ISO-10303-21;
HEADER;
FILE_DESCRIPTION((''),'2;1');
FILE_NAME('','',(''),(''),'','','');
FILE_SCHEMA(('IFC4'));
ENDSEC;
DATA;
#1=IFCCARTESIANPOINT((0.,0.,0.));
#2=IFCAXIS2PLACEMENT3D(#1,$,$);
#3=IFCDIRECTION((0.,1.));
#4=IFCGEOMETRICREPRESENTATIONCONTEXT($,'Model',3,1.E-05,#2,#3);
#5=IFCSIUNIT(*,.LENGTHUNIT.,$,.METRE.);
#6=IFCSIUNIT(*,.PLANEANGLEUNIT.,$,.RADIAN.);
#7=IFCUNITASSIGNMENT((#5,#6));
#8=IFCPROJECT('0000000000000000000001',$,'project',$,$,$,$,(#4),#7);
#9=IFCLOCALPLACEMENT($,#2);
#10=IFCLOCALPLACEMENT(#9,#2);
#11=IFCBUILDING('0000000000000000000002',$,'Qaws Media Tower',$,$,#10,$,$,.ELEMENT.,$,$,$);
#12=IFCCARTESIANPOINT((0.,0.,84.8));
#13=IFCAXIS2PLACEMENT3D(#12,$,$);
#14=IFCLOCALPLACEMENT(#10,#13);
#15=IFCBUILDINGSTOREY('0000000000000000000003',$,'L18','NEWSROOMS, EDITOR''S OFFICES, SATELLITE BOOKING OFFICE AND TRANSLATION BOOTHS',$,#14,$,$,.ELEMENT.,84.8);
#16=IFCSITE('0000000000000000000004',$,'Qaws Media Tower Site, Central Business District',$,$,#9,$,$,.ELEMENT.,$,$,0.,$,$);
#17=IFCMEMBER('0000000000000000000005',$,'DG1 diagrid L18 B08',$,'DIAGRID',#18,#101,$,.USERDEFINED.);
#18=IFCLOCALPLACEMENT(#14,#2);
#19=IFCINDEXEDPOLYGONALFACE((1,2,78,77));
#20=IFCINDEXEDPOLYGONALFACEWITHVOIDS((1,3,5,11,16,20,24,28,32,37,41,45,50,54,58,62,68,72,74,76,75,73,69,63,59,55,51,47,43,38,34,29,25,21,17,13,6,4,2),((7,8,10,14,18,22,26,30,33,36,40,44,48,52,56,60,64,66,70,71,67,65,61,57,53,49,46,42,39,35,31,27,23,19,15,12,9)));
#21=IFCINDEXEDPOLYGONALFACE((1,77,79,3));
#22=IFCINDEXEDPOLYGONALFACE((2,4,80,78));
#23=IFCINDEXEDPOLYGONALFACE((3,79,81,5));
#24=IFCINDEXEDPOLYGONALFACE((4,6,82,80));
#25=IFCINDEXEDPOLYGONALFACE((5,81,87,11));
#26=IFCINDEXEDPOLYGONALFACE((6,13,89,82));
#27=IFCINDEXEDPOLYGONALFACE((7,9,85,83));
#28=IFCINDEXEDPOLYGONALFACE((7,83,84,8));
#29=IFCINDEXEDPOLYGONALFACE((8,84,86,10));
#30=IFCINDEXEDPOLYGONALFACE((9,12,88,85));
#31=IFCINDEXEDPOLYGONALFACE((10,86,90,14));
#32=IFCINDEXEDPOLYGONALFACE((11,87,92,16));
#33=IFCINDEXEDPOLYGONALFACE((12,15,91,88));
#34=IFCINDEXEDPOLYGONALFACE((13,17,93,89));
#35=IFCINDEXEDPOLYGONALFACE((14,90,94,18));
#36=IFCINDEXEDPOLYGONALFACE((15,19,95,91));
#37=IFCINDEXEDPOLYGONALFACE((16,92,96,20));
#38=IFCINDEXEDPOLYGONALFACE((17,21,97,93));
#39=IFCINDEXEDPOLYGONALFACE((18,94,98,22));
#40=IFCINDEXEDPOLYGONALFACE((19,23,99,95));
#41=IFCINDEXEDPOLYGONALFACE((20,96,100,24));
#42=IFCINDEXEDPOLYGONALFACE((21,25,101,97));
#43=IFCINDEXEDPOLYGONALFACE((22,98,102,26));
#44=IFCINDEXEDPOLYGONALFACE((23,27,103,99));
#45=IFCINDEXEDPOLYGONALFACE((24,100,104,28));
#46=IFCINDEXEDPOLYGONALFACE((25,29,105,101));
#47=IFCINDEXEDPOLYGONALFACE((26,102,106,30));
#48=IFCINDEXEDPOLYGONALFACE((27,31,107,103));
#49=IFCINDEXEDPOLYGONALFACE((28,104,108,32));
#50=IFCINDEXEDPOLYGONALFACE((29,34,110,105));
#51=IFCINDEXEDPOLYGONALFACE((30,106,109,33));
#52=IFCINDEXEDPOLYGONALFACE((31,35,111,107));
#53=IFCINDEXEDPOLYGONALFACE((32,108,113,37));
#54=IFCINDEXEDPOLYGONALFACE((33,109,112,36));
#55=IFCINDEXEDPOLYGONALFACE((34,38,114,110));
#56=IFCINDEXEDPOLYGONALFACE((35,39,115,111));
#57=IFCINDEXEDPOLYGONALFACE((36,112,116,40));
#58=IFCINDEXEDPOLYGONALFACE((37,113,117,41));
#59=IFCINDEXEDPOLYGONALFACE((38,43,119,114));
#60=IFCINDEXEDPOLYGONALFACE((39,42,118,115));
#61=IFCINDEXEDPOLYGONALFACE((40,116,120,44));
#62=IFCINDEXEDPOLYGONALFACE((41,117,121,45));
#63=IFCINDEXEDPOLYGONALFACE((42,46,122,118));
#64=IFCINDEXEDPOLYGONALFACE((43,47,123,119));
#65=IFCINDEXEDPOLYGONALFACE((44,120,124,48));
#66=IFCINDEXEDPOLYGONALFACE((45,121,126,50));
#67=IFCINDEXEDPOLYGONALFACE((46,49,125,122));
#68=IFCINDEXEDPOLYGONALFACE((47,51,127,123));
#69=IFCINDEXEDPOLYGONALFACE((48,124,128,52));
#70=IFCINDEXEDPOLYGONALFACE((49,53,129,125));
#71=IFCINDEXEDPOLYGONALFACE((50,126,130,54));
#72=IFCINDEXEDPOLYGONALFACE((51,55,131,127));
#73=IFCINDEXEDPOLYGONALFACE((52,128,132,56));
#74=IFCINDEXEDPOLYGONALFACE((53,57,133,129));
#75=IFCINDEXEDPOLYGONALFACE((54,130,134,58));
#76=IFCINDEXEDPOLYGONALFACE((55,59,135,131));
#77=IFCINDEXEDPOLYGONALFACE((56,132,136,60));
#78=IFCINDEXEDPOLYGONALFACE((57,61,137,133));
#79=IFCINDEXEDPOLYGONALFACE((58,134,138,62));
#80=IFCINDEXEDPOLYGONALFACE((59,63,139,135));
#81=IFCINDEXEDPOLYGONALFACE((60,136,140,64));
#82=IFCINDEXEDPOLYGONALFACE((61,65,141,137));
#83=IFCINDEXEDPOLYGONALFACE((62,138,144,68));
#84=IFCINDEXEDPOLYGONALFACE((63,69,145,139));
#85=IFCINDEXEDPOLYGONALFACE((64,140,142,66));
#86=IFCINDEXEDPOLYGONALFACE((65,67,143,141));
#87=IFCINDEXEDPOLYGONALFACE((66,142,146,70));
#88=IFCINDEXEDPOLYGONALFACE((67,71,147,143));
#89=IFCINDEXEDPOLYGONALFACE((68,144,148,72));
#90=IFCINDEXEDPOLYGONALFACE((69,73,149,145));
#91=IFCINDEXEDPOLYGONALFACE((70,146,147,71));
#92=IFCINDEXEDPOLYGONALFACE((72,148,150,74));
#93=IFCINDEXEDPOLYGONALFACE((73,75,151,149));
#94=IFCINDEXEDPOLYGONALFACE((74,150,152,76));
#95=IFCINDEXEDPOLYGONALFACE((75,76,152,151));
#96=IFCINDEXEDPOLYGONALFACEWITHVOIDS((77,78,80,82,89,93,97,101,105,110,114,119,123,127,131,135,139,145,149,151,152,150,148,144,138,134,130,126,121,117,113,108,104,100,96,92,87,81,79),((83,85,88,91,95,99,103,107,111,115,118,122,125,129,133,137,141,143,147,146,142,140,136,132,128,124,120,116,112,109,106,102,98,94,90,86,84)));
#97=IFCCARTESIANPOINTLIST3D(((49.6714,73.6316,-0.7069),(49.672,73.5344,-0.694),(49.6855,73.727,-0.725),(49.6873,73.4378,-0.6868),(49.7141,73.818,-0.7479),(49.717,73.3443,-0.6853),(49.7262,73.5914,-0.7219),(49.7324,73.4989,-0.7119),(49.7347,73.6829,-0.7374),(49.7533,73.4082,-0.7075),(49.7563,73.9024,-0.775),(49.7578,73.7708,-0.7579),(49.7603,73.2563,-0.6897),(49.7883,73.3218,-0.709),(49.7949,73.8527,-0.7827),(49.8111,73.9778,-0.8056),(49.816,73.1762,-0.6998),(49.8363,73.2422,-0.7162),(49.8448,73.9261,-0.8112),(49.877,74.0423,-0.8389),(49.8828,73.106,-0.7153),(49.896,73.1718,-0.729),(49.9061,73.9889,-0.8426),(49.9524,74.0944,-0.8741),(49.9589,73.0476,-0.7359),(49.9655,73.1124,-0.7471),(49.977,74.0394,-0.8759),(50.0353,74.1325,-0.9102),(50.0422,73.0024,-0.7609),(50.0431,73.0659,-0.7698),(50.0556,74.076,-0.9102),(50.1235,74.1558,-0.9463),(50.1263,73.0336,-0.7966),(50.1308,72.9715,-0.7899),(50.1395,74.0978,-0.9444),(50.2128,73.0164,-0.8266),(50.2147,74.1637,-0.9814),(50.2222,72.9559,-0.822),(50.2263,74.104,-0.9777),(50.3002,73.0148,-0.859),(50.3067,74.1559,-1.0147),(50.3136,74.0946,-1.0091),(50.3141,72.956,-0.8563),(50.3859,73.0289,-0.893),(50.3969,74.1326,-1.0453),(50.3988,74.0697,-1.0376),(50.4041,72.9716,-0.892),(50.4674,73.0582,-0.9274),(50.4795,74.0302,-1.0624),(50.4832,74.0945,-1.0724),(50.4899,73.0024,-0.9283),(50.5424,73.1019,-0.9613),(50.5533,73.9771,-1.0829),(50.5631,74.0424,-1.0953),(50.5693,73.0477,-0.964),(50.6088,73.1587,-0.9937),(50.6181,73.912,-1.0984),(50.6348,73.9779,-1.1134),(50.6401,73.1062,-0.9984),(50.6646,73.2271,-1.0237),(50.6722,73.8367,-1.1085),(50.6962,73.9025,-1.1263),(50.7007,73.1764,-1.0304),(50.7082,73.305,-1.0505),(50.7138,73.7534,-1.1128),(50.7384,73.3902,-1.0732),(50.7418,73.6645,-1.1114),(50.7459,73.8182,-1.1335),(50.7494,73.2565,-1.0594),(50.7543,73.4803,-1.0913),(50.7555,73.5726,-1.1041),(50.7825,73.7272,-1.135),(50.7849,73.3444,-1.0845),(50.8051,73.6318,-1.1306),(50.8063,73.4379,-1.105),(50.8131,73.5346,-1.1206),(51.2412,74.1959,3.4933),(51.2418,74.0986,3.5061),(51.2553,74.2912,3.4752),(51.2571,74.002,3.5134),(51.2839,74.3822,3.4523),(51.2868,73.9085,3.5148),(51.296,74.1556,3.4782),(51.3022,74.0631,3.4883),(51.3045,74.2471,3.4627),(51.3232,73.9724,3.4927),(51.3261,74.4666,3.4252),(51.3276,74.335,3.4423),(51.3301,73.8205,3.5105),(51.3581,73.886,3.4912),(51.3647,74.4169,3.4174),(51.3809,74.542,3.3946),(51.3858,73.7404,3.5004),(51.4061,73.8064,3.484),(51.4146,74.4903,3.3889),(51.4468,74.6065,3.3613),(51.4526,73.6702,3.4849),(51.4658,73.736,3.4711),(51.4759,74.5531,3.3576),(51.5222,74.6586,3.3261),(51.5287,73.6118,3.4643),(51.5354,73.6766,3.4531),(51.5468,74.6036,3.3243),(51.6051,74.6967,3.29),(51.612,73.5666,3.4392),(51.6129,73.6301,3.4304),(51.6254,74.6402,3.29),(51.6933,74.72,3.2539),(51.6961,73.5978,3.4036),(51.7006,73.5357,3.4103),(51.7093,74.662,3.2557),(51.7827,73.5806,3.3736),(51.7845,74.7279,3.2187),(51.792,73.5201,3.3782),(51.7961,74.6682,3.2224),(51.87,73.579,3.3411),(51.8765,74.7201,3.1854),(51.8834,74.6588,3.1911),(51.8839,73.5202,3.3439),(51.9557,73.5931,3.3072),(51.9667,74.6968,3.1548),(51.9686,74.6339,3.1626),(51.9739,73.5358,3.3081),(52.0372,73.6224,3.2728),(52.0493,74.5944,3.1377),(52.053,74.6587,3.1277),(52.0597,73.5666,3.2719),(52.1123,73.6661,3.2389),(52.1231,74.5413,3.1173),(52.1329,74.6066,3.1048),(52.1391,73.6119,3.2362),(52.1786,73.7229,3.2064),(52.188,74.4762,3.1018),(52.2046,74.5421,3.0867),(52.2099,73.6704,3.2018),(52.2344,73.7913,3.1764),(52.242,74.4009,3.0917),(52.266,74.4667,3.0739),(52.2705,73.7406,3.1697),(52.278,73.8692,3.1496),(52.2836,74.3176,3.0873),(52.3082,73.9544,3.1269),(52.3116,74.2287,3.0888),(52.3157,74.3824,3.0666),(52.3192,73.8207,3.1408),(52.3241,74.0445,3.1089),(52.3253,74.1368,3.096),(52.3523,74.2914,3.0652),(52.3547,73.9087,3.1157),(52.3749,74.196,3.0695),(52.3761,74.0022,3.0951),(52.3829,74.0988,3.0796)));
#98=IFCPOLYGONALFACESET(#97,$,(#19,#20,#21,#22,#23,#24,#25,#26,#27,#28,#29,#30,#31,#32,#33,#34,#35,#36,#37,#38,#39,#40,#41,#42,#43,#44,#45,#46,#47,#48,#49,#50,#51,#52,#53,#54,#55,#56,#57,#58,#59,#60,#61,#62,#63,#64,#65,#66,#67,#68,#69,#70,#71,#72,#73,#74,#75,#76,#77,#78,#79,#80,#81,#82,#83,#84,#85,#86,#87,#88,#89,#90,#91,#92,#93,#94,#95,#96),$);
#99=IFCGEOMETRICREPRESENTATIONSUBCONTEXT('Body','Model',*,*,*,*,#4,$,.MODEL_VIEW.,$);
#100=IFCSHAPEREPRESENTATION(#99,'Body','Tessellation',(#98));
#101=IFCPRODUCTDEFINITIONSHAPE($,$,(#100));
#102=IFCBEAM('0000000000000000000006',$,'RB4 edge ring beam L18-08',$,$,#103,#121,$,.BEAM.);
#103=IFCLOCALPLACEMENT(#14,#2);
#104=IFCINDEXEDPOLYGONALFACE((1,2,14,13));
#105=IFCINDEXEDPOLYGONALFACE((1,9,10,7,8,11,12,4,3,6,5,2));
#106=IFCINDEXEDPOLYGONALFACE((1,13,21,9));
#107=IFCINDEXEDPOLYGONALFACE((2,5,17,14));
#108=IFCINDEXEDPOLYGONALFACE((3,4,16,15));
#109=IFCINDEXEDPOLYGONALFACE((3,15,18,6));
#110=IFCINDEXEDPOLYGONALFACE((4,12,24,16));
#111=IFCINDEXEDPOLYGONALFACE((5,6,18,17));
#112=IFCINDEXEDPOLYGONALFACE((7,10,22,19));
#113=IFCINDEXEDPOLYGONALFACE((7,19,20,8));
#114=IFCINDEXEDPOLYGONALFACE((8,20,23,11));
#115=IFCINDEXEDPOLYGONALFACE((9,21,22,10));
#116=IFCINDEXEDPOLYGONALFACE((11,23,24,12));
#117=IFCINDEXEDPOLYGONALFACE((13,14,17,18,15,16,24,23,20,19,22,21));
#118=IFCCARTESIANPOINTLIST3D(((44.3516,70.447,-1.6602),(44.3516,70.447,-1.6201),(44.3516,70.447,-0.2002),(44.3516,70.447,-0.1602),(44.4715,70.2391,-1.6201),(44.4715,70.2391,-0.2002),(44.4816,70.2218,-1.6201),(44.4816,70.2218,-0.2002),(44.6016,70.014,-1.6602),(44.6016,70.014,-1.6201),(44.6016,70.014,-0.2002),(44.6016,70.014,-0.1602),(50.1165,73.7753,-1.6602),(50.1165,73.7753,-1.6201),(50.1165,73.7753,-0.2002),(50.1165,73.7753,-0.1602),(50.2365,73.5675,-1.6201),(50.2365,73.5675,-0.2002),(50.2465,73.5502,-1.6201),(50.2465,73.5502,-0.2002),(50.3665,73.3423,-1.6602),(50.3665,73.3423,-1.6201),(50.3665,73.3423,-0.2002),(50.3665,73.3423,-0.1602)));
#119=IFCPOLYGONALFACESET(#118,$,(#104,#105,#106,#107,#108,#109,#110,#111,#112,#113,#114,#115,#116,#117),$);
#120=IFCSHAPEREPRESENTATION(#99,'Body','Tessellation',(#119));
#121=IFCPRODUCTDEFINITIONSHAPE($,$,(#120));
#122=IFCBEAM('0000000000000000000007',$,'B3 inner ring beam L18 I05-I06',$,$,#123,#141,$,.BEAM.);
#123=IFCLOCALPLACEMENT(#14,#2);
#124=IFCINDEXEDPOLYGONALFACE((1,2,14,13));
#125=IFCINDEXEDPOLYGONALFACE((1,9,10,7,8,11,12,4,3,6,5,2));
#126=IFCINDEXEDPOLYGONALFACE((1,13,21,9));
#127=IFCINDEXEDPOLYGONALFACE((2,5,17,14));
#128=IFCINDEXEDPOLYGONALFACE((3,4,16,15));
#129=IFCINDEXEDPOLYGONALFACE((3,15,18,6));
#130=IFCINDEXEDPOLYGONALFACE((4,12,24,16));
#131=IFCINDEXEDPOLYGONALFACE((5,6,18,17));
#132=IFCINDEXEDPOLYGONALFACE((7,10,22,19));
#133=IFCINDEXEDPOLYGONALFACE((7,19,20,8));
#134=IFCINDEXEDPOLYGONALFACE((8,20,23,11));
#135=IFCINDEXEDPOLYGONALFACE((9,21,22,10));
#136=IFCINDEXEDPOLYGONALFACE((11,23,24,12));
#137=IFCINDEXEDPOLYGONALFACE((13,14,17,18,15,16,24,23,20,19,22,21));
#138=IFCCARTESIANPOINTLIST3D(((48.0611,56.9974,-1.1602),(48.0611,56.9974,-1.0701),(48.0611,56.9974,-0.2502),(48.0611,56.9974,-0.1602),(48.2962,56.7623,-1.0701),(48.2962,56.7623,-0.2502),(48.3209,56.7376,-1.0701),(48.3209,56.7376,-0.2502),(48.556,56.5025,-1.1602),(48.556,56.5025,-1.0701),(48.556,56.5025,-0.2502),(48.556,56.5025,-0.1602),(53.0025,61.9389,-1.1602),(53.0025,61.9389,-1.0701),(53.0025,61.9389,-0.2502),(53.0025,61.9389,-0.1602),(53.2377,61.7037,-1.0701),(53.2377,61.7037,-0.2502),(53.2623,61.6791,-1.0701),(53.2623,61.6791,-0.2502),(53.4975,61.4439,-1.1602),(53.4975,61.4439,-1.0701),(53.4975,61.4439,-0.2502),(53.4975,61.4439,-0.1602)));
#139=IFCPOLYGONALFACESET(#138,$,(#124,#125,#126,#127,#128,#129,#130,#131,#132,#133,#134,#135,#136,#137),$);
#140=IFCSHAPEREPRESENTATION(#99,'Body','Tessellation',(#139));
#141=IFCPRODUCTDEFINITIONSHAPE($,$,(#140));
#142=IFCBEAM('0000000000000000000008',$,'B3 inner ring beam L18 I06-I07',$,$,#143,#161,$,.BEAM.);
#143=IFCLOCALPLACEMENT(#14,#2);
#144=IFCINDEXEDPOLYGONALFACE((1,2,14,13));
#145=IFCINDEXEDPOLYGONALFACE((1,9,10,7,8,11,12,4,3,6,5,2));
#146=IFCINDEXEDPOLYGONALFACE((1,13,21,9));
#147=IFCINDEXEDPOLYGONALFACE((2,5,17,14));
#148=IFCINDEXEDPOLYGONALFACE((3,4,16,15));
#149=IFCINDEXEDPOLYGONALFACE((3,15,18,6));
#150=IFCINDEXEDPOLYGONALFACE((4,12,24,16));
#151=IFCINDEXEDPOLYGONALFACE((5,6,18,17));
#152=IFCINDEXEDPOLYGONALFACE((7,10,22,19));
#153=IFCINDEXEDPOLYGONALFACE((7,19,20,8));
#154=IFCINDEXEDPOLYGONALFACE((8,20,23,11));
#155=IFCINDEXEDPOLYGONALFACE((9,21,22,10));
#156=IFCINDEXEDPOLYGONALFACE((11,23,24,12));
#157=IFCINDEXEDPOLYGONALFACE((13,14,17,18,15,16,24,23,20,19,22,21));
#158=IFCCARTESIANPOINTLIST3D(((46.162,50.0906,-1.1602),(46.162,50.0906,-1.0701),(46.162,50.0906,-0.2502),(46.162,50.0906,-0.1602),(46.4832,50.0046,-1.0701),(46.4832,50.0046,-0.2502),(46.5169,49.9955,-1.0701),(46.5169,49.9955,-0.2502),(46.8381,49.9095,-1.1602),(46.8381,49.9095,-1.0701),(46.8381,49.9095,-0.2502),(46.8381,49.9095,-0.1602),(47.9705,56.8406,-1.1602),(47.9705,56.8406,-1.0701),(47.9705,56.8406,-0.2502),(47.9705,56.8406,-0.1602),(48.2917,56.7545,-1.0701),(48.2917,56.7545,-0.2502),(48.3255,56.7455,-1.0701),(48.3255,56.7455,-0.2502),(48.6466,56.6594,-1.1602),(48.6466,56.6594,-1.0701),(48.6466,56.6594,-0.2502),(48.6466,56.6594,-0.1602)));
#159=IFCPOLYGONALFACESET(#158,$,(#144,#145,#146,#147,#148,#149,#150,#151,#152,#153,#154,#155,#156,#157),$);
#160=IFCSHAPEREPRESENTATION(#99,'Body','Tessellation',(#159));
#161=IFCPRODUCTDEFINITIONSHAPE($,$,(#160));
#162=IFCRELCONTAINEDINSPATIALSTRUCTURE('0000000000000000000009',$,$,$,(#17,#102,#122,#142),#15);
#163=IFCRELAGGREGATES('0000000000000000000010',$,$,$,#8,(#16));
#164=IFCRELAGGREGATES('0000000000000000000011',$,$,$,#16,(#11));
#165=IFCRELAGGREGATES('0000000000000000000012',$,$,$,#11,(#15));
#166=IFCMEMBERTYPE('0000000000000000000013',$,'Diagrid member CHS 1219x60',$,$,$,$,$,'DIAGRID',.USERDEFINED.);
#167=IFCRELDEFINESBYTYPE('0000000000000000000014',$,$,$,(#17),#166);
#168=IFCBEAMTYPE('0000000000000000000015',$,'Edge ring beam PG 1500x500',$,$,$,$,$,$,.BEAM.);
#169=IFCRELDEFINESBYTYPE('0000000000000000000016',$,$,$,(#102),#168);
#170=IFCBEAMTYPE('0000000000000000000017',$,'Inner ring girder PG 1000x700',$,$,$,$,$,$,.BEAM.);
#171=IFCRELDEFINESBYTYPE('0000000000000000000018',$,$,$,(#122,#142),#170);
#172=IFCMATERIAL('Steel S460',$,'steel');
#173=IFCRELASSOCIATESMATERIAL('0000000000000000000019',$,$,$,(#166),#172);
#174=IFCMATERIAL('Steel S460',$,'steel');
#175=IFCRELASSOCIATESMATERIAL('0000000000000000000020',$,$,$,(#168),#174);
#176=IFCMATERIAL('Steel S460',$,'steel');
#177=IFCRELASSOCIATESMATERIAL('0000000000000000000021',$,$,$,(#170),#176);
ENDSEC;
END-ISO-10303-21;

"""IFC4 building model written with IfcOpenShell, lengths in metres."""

from ifc_helpers import new_model, si_unit, direction, frame, origin, origin_2d, place, context, subcontext, project, spatial, hollow_circle, i_section, extrude, material, material_profile, profile_set, type_object, element, save


model = new_model("IFC4")

# Units and contexts
model_context = context("Model", 3, precision=1e-05, world=origin(), true_north=direction((0.0, 1.0)))
body_context = subcontext(model_context, "Body", "Model", "MODEL_VIEW")
ifc_project = project(units=[si_unit("LENGTHUNIT", "METRE"), si_unit("PLANEANGLEUNIT", "RADIAN")], contexts=[model_context])

# Site, building, storey
site_placement = place(None, origin())
site = spatial("IfcSite", under=ifc_project, at=site_placement, Name="Qaws Media Tower Site, Central Business District", CompositionType="ELEMENT", RefElevation=0.0)
building_placement = place(site_placement, origin())
building = spatial("IfcBuilding", under=site, at=building_placement, Name="Qaws Media Tower", CompositionType="ELEMENT")
storey_placement = place(building_placement, frame((0.0, 0.0, 84.8)))
storey = spatial("IfcBuildingStorey", under=building, at=storey_placement, Name="L18", Description="NEWSROOMS, EDITOR'S OFFICES, SATELLITE BOOKING OFFICE AND TRANSLATION BOOTHS", CompositionType="ELEMENT", Elevation=84.8)

# Member
ifc_material_1 = material(Name="Steel S460", Category="steel")
ifc_material_profile_1 = material_profile(ifc_material_1, hollow_circle(Radius=0.6096, WallThickness=0.0601, at=origin_2d()), Name="CHS 1219x60")
ifc_profile_set_1 = profile_set([ifc_material_profile_1], Name="Steel S460")
member_type_1 = type_object("IfcMemberType", Name="Diagrid member CHS 1219x60", ElementType="DIAGRID", PredefinedType="USERDEFINED", material=ifc_profile_set_1)
for number, where, z_axis, x_axis, name in (
    (1, (50.2415, 73.5588, -0.9102), (0.347358, 0.124844, 0.929385), (-0.338227, 0.941065, 0.0), "DG1 diagrid L18 B08"),
):
    element("IfcMember", number, at=place(storey_placement, frame(where, z_axis=z_axis, x_axis=x_axis)), inside=storey, type_object=member_type_1, Name=name, ObjectType="DIAGRID", PredefinedType="USERDEFINED", context=body_context, shape_type="SweptSolid", body=[
        extrude(hollow_circle(Radius=0.6096, WallThickness=0.0601, at=origin_2d()), origin(), (0.0, 0.0, 1.0), 4.5193),
    ])

# Beams
ifc_material_2 = material(Name="Steel S460", Category="steel")
ifc_material_profile_2 = material_profile(ifc_material_2, i_section(OverallWidth=0.5, OverallDepth=1.5, WebThickness=0.02, FlangeThickness=0.04, at=origin_2d()), Name="PG 1500x500")
ifc_profile_set_2 = profile_set([ifc_material_profile_2], Name="Steel S460")
beam_type_1 = type_object("IfcBeamType", Name="Edge ring beam PG 1500x500", PredefinedType="BEAM", material=ifc_profile_set_2)
beam_1_placement = place(storey_placement, frame((50.2415, 73.5588, -0.9102), z_axis=(-0.866025, -0.500001, 0.0), x_axis=(0.500001, -0.866025, 0.0)))
element("IfcBeam", 2, at=beam_1_placement, inside=storey, type_object=beam_type_1, Name="RB4 edge ring beam L18-08", PredefinedType="BEAM", context=body_context, shape_type="SweptSolid", body=[
    extrude(i_section(OverallWidth=0.5, OverallDepth=1.5, WebThickness=0.02, FlangeThickness=0.04, at=origin_2d()), origin(), (0.0, 0.0, 1.0), 6.6567),
])
ifc_material_3 = material(Name="Steel S460", Category="steel")
ifc_material_profile_3 = material_profile(ifc_material_3, i_section(OverallWidth=0.7, OverallDepth=1.0, WebThickness=0.0349, FlangeThickness=0.0901, at=origin_2d()), Name="PG 1000x700")
ifc_profile_set_3 = profile_set([ifc_material_profile_3], Name="Steel S460")
beam_type_2 = type_object("IfcBeamType", Name="Inner ring girder PG 1000x700", PredefinedType="BEAM", material=ifc_profile_set_3)
beam_2_placement = place(storey_placement, frame((53.25, 61.6914, -0.6602), z_axis=(-0.707107, -0.707107, 0.0), x_axis=(0.707107, -0.707107, 0.0)))
element("IfcBeam", 3, at=beam_2_placement, inside=storey, type_object=beam_type_2, Name="B3 inner ring beam L18 I05-I06", PredefinedType="BEAM", context=body_context, shape_type="SweptSolid", body=[
    extrude(i_section(OverallWidth=0.7, OverallDepth=1.0, WebThickness=0.0349, FlangeThickness=0.0901, at=origin_2d()), origin(), (0.0, 0.0, 1.0), 6.9883),
])
beam_3_placement = place(storey_placement, frame((48.3086, 56.75, -0.6602), z_axis=(-0.258811, -0.965928, 0.0), x_axis=(0.965928, -0.258811, 0.0)))
element("IfcBeam", 4, at=beam_3_placement, inside=storey, type_object=beam_type_2, Name="B3 inner ring beam L18 I06-I07", PredefinedType="BEAM", context=body_context, shape_type="SweptSolid", body=[
    extrude(i_section(OverallWidth=0.7, OverallDepth=1.0, WebThickness=0.0349, FlangeThickness=0.0901, at=origin_2d()), origin(), (0.0, 0.0, 1.0), 6.988),
])

save(model, "model.ifc")
